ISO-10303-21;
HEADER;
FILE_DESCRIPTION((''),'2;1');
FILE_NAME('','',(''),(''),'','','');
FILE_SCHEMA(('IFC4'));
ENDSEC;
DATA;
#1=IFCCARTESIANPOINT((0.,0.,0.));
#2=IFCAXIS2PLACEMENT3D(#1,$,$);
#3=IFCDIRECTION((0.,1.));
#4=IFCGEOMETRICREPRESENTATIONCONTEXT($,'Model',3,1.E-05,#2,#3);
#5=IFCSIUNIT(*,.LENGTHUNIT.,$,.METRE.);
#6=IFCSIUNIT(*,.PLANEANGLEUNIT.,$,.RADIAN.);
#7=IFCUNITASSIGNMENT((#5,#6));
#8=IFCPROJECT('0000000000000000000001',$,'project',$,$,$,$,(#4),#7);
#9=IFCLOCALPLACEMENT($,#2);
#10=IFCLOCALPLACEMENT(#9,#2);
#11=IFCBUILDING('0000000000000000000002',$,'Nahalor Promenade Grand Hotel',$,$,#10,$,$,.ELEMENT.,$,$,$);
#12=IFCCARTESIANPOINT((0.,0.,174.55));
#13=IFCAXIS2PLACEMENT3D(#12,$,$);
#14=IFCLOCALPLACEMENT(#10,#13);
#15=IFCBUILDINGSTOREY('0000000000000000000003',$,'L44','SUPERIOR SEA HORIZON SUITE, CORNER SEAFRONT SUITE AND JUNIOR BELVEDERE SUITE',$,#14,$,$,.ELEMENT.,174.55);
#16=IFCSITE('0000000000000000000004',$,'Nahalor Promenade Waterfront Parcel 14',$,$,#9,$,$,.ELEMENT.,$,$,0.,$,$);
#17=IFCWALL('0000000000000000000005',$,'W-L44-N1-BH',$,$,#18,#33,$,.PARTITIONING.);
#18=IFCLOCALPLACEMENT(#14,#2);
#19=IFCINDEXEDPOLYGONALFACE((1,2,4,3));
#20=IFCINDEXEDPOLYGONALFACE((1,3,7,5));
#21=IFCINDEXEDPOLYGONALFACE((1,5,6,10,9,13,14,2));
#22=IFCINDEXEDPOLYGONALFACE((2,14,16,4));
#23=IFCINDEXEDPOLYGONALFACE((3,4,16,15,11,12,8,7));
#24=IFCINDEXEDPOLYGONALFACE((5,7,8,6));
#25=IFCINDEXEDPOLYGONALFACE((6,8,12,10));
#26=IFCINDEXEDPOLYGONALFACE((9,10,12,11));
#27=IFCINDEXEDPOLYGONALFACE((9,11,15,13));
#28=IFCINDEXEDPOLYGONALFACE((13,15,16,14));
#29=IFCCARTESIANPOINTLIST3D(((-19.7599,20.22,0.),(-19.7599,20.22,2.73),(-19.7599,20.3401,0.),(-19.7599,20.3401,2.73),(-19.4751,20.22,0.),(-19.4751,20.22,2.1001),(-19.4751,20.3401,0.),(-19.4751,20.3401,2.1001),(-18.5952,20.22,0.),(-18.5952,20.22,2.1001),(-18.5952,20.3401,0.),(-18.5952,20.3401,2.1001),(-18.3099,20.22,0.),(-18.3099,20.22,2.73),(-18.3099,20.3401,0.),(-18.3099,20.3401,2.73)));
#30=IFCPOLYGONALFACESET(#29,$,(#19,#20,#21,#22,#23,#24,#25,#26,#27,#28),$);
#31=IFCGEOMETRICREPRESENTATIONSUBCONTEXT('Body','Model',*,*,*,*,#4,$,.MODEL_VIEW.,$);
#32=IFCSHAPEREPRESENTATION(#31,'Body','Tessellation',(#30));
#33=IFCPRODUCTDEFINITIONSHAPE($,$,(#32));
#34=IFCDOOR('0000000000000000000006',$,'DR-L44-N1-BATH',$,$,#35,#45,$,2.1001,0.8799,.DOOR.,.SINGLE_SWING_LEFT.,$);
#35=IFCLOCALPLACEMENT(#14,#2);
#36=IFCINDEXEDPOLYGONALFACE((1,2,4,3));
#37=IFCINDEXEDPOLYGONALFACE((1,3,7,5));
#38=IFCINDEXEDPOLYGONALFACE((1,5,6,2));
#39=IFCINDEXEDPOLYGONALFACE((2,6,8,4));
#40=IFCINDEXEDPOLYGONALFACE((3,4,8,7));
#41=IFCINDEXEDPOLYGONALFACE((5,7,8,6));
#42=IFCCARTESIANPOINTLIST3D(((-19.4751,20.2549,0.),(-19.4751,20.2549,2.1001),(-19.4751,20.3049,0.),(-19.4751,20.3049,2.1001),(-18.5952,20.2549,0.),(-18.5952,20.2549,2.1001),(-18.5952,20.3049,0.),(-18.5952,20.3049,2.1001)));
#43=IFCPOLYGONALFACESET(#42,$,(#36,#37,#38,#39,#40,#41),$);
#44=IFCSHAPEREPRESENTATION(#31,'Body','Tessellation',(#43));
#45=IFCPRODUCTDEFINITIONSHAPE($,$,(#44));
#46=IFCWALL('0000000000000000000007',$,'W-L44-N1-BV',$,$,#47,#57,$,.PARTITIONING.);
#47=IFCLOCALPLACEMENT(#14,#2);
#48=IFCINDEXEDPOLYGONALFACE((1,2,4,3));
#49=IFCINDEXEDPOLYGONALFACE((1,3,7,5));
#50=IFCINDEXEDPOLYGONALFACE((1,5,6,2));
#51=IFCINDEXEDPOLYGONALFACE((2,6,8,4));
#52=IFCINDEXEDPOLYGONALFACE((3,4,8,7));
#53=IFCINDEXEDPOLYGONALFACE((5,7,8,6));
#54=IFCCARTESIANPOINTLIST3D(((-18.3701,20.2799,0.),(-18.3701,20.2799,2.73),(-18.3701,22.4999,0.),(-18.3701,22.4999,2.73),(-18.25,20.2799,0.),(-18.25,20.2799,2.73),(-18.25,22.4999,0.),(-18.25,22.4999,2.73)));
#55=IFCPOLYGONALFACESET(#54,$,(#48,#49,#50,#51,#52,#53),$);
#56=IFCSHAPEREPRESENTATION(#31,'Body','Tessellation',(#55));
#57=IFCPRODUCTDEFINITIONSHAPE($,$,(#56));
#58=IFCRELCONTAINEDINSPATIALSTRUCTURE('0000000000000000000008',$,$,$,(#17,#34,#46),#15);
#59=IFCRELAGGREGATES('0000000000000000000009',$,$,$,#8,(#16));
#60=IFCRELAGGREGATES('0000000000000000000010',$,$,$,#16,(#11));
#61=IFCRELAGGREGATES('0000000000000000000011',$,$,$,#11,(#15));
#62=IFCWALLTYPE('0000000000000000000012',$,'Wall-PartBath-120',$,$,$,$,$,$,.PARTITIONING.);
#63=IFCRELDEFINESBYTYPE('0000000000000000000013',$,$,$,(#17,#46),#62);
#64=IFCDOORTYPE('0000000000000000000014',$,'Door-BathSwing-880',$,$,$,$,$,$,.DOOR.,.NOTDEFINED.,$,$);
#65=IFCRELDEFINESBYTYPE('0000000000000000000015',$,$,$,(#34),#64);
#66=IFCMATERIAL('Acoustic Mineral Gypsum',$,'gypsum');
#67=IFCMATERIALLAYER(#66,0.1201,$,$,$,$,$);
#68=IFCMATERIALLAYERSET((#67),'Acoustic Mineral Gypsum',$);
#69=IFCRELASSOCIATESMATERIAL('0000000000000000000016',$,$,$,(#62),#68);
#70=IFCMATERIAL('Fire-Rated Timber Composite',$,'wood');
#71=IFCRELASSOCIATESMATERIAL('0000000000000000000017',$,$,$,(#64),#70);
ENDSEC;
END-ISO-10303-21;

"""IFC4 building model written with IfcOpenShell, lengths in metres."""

from ifc_helpers import new_model, si_unit, direction, frame, frame_2d, origin, place, context, subcontext, project, spatial, rectangle, extrude, source, transform, mapped, material, layer, layer_set, type_object, element, fill, save


model = new_model("IFC4")

# Units and contexts
model_context = context("Model", 3, precision=1e-05, world=origin(), true_north=direction((0.0, 1.0)))
body_context = subcontext(model_context, "Body", "Model", "MODEL_VIEW")
ifc_project = project(units=[si_unit("LENGTHUNIT", "METRE"), si_unit("PLANEANGLEUNIT", "RADIAN")], contexts=[model_context])

# Site, building, storey
site_placement = place(None, origin())
site = spatial("IfcSite", under=ifc_project, at=site_placement, Name="Nahalor Promenade Waterfront Parcel 14", CompositionType="ELEMENT", RefElevation=0.0)
building_placement = place(site_placement, origin())
building = spatial("IfcBuilding", under=site, at=building_placement, Name="Nahalor Promenade Grand Hotel", CompositionType="ELEMENT")
storey_placement = place(building_placement, frame((0.0, 0.0, 174.55)))
storey = spatial("IfcBuildingStorey", under=building, at=storey_placement, Name="L44", Description="SUPERIOR SEA HORIZON SUITE, CORNER SEAFRONT SUITE AND JUNIOR BELVEDERE SUITE", CompositionType="ELEMENT", Elevation=174.55)

# Wall, opening, door
ifc_material_1 = material(Name="Acoustic Mineral Gypsum", Category="gypsum")
ifc_layer_1 = layer(ifc_material_1, 0.1201)
ifc_layer_set_1 = layer_set([ifc_layer_1], Name="Acoustic Mineral Gypsum")
wall_type_1 = type_object("IfcWallType", Name="Wall-PartBath-120", PredefinedType="PARTITIONING", material=ifc_layer_set_1)
shared_shape_1 = source(origin(), body_context, "Body", "SweptSolid", [
    extrude(rectangle(XDim=1.45, YDim=0.1201, at=frame_2d((0.7251, 0.0))), origin(), (0.0, 0.0, 1.0), 2.73),
])
wall_1_placement = place(storey_placement, frame((-19.76, 20.28, 0.0), z_axis=(0.0, 0.0, 1.0), x_axis=(1.0, 0.0, 0.0)))
wall_1 = element("IfcWall", 1, at=wall_1_placement, inside=storey, type_object=wall_type_1, Name="W-L44-N1-BH", PredefinedType="PARTITIONING", context=body_context, shape_type="MappedRepresentation", body=[
    mapped(shared_shape_1, transform((0.0, 0.0, 0.0), scale=1.0)),
])
opening_1_placement = place(wall_1_placement, frame((0.2849, 0.0, 0.0)))
opening_1 = element("IfcOpeningElement", 2, at=opening_1_placement, cuts=wall_1, PredefinedType="OPENING", context=body_context, shape_type="SweptSolid", body=[
    extrude(rectangle(XDim=0.8799, YDim=2.1001, at=frame_2d((0.4399, 1.05))), frame((0.0, 0.0701, 0.0), z_axis=(0.0, -1.0, 0.0), x_axis=(1.0, 0.0, 0.0)), (0.0, 0.0, 1.0), 0.1401),
])
ifc_material_2 = material(Name="Fire-Rated Timber Composite", Category="wood")
door_type_1 = type_object("IfcDoorType", Name="Door-BathSwing-880", OperationType="NOTDEFINED", PredefinedType="DOOR", material=ifc_material_2)
shared_shape_2 = source(origin(), body_context, "Body", "SweptSolid", [
    extrude(rectangle(XDim=0.8799, YDim=2.1001, at=frame_2d((0.4399, 1.05))), frame((0.0, 0.0249, 0.0), z_axis=(0.0, -1.0, 0.0), x_axis=(1.0, 0.0, 0.0)), (0.0, 0.0, 1.0), 0.05),
])
door_1_placement = place(opening_1_placement, origin())
door_1 = element("IfcDoor", 3, at=door_1_placement, inside=storey, type_object=door_type_1, Name="DR-L44-N1-BATH", OperationType="SINGLE_SWING_LEFT", OverallHeight=2.1001, OverallWidth=0.8799, PredefinedType="DOOR", context=body_context, shape_type="MappedRepresentation", body=[
    mapped(shared_shape_2, transform((0.0, 0.0, 0.0), scale=1.0)),
])
fill(opening_1, door_1)

# Wall
shared_shape_3 = source(origin(), body_context, "Body", "SweptSolid", [
    extrude(rectangle(XDim=2.22, YDim=0.1201, at=frame_2d((1.1099, 0.0))), origin(), (0.0, 0.0, 1.0), 2.73),
])
wall_2_placement = place(storey_placement, frame((-18.3101, 20.28, 0.0), z_axis=(0.0, 0.0, 1.0), x_axis=(0.0, 1.0, 0.0)))
element("IfcWall", 4, at=wall_2_placement, inside=storey, type_object=wall_type_1, Name="W-L44-N1-BV", PredefinedType="PARTITIONING", context=body_context, shape_type="MappedRepresentation", body=[
    mapped(shared_shape_3, transform((0.0, 0.0, 0.0), scale=1.0)),
])

save(model, "model.ifc")
